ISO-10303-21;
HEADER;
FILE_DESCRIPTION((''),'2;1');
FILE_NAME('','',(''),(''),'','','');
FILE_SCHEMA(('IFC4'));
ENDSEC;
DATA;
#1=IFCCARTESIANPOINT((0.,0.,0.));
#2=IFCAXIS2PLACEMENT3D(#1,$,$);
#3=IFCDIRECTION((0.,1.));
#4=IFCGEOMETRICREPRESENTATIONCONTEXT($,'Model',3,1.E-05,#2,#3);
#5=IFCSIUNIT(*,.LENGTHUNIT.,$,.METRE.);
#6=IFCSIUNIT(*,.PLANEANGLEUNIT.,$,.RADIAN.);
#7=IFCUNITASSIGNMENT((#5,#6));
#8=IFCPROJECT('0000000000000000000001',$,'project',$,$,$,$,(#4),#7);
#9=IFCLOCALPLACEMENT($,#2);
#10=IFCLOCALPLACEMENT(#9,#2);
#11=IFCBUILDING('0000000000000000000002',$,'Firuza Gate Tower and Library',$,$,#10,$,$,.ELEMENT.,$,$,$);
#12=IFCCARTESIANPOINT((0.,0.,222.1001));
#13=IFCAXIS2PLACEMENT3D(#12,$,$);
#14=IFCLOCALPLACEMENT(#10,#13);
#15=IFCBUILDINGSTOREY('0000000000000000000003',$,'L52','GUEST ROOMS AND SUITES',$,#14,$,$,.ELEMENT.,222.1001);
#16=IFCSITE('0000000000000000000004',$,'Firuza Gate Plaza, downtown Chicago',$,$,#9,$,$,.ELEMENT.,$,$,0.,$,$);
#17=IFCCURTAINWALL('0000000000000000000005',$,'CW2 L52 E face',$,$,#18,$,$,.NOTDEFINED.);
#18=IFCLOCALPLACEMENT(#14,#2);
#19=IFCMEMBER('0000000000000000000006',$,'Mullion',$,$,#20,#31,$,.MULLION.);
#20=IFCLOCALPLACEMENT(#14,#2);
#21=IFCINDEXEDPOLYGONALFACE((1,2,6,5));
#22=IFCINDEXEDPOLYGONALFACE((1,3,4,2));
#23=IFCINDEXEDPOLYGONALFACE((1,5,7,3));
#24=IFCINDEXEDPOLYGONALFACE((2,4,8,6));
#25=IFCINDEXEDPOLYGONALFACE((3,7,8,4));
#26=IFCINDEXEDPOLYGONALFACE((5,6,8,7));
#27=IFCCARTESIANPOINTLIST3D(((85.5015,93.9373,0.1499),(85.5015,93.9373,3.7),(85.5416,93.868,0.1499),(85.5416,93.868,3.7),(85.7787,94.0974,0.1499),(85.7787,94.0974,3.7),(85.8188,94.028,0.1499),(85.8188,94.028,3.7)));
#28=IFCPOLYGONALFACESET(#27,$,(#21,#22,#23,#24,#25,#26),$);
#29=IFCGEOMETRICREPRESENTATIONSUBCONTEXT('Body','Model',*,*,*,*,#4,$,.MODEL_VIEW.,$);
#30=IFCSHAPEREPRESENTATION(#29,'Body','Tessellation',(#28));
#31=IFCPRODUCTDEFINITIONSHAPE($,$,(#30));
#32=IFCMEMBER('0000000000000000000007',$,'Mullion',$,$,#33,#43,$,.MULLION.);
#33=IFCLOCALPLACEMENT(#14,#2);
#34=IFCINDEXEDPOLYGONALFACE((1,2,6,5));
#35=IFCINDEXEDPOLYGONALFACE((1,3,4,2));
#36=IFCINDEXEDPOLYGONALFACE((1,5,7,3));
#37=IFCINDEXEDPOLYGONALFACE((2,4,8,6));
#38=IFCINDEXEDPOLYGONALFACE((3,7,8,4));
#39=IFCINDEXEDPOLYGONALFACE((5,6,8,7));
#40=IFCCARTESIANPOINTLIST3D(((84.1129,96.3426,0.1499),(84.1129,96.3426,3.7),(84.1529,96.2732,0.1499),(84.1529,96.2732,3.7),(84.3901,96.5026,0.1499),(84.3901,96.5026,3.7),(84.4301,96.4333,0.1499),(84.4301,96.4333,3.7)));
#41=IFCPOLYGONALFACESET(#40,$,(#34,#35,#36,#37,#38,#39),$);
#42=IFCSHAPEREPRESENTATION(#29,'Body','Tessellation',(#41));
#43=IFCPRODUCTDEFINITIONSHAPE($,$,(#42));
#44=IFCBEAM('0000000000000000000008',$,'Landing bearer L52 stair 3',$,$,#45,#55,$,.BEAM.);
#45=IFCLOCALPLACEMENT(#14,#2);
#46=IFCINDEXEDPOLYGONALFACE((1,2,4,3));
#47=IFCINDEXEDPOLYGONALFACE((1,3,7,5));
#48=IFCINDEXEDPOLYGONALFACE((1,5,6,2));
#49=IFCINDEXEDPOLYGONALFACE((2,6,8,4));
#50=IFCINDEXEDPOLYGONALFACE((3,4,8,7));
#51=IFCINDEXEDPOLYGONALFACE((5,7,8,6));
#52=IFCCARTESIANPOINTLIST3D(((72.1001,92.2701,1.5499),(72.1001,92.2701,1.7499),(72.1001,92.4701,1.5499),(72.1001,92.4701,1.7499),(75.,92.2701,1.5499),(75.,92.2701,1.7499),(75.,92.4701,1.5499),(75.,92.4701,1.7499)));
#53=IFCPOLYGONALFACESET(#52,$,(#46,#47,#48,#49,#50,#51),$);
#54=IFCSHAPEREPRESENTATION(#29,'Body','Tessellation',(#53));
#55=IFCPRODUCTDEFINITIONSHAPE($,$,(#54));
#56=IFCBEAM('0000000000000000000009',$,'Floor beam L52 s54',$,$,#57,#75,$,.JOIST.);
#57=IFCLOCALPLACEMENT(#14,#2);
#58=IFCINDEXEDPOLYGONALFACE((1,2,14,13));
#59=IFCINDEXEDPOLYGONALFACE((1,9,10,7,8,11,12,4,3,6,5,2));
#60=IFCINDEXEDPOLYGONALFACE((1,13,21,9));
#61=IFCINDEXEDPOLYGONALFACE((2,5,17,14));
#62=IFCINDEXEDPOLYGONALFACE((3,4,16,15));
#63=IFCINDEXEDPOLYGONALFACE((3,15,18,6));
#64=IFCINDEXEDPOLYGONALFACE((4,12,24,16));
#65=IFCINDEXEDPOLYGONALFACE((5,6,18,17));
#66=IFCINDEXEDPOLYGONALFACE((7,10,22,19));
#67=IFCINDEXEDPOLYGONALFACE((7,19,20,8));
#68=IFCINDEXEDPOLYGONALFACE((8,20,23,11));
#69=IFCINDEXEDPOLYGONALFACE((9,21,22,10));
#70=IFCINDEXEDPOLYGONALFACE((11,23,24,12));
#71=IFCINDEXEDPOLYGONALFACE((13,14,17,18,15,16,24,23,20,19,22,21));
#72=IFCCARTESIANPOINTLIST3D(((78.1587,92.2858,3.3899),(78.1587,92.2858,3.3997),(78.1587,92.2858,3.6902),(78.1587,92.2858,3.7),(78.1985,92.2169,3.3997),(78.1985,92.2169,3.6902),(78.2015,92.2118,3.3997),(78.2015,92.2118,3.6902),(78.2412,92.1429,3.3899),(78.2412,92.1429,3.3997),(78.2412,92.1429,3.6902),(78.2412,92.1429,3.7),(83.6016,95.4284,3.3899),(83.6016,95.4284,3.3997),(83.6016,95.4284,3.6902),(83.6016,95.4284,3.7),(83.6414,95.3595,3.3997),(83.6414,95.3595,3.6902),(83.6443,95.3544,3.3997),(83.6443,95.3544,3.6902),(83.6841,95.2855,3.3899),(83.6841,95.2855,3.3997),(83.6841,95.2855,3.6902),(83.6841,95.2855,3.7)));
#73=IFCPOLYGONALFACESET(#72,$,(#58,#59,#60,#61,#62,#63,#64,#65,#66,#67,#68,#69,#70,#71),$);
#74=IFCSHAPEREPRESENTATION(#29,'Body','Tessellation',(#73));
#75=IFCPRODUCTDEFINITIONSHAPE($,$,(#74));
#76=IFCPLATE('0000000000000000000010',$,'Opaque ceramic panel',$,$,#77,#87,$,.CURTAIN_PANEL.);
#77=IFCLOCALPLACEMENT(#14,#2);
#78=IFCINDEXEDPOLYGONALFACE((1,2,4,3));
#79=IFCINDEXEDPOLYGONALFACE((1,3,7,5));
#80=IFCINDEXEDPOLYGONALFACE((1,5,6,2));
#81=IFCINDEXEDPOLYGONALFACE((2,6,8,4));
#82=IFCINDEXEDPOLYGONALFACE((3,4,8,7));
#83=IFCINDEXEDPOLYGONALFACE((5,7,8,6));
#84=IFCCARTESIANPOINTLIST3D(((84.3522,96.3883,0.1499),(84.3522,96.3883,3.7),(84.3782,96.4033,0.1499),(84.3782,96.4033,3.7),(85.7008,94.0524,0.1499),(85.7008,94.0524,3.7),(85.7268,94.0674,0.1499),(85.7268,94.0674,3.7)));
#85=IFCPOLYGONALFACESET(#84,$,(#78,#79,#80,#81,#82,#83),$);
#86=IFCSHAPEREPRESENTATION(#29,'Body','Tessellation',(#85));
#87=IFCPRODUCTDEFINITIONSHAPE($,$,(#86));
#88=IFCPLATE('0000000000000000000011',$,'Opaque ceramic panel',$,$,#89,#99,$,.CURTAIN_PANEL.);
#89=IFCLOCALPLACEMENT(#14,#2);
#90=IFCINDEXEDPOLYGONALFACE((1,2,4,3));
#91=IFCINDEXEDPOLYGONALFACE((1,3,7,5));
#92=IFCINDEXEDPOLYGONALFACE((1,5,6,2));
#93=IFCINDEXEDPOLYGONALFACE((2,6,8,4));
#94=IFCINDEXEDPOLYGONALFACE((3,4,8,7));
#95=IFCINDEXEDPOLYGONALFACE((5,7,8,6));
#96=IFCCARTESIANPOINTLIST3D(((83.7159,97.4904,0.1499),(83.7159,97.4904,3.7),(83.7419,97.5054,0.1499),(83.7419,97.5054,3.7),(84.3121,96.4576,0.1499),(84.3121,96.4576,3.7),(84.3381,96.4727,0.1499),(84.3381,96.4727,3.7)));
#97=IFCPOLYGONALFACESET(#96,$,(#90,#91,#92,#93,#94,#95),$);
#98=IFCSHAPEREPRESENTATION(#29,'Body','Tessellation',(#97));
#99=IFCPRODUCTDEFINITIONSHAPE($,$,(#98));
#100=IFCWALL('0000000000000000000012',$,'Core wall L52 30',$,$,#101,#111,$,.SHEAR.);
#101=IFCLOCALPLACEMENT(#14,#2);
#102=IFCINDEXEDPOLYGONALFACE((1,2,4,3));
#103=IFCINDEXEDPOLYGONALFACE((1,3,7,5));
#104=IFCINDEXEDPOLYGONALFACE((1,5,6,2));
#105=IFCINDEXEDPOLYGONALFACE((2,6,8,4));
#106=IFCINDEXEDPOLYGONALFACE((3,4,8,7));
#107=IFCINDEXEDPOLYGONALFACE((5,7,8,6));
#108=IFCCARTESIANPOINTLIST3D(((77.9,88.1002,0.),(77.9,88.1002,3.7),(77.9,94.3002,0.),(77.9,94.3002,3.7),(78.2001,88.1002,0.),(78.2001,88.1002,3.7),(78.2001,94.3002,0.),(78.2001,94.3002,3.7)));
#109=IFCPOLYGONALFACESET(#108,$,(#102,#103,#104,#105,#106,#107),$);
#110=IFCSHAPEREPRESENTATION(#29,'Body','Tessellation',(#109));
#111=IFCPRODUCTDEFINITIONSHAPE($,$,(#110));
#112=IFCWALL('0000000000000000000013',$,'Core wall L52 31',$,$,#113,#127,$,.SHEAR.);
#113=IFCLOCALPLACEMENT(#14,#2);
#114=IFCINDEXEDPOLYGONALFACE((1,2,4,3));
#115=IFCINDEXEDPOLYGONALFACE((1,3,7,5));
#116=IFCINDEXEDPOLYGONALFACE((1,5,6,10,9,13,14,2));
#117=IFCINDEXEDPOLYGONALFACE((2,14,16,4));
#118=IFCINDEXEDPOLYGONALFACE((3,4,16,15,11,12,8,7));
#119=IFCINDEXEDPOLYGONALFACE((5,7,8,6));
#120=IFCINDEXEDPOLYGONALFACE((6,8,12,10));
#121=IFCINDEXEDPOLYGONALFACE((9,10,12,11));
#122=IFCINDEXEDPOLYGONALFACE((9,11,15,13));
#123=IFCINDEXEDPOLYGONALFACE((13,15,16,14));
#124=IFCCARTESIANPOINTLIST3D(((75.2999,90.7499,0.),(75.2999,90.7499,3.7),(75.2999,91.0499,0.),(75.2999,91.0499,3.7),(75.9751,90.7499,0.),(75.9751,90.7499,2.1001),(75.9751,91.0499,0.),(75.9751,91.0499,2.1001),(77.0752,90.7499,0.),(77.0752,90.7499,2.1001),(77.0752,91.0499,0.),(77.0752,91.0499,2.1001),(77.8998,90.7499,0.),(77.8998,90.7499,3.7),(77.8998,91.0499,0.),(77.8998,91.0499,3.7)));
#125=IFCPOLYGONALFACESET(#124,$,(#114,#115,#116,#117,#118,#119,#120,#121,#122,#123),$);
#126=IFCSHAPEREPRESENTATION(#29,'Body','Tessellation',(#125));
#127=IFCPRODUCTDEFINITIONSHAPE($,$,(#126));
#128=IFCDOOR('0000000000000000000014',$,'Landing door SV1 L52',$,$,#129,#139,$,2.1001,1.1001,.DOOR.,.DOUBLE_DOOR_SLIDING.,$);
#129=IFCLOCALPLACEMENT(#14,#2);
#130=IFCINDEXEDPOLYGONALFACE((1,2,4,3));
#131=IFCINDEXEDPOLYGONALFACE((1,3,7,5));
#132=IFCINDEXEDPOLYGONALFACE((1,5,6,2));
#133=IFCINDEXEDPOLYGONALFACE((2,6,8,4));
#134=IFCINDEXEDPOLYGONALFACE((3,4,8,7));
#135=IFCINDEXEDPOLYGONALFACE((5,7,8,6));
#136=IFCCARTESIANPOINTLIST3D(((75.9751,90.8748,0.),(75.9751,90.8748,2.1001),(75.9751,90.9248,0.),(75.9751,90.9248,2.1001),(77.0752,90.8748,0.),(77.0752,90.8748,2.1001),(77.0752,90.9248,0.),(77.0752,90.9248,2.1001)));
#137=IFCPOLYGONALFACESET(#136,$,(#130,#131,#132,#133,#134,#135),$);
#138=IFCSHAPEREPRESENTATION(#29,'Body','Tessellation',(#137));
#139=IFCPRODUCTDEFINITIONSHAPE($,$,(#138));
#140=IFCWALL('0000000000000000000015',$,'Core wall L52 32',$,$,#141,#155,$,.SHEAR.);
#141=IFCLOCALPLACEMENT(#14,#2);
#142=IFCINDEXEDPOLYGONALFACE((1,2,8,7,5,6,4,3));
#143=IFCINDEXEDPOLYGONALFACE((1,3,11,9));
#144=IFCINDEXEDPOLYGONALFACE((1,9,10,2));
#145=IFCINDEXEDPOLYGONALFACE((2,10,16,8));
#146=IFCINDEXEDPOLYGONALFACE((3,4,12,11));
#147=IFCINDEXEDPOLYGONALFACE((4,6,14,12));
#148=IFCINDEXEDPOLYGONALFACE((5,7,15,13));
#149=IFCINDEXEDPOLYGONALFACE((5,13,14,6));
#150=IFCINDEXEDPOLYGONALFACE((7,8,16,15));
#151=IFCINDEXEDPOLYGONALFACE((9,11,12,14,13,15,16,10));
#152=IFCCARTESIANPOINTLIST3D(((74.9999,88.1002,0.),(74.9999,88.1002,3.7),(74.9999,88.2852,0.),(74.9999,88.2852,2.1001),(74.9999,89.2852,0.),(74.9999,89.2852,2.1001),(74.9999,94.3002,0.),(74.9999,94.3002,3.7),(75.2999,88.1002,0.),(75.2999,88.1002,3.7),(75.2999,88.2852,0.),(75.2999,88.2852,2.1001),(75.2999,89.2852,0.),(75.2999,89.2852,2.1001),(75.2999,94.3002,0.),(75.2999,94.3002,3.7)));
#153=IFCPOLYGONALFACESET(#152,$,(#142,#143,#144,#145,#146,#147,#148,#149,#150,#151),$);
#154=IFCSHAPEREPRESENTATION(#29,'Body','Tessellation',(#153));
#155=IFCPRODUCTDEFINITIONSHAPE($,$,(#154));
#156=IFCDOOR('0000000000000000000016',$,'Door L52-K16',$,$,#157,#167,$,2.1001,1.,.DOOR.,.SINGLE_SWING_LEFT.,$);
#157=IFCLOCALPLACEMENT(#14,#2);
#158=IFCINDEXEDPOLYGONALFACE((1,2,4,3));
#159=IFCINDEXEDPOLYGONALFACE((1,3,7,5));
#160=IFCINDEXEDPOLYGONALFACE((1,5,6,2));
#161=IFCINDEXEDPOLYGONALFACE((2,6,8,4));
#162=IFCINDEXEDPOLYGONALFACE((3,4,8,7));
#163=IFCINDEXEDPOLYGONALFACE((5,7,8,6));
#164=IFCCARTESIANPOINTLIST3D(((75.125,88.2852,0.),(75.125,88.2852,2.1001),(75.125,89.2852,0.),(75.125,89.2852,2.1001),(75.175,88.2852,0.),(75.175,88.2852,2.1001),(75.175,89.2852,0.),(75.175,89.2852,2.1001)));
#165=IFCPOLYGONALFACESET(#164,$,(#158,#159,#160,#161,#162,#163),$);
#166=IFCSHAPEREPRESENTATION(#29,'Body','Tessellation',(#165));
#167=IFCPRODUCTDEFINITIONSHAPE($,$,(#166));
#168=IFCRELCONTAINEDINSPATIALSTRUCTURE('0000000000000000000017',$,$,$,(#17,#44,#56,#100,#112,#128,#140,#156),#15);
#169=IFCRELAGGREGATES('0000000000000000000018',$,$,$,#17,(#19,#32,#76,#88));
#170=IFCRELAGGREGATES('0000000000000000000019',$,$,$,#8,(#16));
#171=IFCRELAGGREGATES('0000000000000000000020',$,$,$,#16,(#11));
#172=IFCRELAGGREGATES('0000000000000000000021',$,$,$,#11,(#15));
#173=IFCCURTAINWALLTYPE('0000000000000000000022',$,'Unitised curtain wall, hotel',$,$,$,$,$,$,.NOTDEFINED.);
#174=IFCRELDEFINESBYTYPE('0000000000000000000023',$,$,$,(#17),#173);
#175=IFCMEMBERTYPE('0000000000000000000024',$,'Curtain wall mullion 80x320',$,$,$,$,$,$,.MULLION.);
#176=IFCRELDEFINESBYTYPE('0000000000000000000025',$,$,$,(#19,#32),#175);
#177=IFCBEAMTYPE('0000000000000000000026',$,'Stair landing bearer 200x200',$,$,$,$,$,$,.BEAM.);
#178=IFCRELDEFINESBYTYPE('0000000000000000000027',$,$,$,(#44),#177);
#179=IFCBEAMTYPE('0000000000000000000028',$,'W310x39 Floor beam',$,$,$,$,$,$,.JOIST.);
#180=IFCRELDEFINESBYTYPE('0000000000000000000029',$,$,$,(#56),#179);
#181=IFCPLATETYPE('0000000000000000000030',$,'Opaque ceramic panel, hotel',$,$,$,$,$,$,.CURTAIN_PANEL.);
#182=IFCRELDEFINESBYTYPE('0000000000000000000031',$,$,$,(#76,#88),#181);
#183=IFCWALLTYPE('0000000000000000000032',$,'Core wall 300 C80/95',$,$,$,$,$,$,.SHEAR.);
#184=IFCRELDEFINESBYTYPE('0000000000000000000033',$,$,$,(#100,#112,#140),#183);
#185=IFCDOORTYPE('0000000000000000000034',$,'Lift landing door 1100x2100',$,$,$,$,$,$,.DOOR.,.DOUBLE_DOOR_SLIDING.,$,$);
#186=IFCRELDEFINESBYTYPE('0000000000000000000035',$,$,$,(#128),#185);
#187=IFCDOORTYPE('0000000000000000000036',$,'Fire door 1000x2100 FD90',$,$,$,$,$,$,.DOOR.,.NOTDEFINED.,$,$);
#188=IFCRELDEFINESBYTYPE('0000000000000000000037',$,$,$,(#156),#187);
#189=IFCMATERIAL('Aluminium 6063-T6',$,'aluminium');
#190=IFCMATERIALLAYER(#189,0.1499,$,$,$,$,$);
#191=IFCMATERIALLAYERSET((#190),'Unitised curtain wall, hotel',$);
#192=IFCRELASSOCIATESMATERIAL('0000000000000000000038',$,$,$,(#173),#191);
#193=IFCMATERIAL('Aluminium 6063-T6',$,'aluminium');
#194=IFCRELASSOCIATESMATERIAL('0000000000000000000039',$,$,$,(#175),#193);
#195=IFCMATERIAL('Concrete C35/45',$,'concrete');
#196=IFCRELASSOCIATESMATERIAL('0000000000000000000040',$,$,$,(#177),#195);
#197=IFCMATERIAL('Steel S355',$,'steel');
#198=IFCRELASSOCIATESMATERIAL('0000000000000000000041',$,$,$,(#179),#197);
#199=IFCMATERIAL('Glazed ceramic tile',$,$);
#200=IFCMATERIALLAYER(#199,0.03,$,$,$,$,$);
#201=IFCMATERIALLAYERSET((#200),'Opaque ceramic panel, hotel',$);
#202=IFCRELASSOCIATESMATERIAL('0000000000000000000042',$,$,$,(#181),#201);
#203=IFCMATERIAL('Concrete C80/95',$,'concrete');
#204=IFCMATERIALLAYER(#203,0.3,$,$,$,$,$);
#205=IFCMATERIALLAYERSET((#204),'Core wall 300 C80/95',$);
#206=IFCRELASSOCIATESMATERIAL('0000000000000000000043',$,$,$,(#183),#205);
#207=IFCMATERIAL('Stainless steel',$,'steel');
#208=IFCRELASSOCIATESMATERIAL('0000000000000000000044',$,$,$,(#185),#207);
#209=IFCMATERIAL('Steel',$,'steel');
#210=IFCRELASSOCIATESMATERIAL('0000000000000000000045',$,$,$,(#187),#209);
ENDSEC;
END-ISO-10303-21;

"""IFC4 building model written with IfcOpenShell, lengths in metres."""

from ifc_helpers import new_model, si_unit, direction, frame, frame_2d, origin, origin_2d, place, context, subcontext, project, spatial, polyline, rectangle, i_section, outline, extrude, material, layer, layer_set, material_profile, profile_set, type_object, element, fill, aggregate, save


model = new_model("IFC4")

# Units and contexts
model_context = context("Model", 3, precision=1e-05, world=origin(), true_north=direction((0.0, 1.0)))
body_context = subcontext(model_context, "Body", "Model", "MODEL_VIEW")
ifc_project = project(units=[si_unit("LENGTHUNIT", "METRE"), si_unit("PLANEANGLEUNIT", "RADIAN")], contexts=[model_context])

# Site, building, storey
site_placement = place(None, origin())
site = spatial("IfcSite", under=ifc_project, at=site_placement, Name="Firuza Gate Plaza, downtown Chicago", CompositionType="ELEMENT", RefElevation=0.0)
building_placement = place(site_placement, origin())
building = spatial("IfcBuilding", under=site, at=building_placement, Name="Firuza Gate Tower and Library", CompositionType="ELEMENT")
storey_placement = place(building_placement, frame((0.0, 0.0, 222.1001)))
storey = spatial("IfcBuildingStorey", under=building, at=storey_placement, Name="L52", Description="GUEST ROOMS AND SUITES", CompositionType="ELEMENT", Elevation=222.1001)

# Curtain wall, members
ifc_material_1 = material(Name="Aluminium 6063-T6", Category="aluminium")
ifc_layer_1 = layer(ifc_material_1, 0.1499)
ifc_layer_set_1 = layer_set([ifc_layer_1], Name="Unitised curtain wall, hotel")
curtain_wall_type = type_object("IfcCurtainWallType", Name="Unitised curtain wall, hotel", PredefinedType="NOTDEFINED", material=ifc_layer_set_1)
curtain_wall_placement = place(storey_placement, origin())
curtain_wall = element("IfcCurtainWall", 1, at=curtain_wall_placement, inside=storey, type_object=curtain_wall_type, Name="CW2 L52 E face", PredefinedType="NOTDEFINED")
ifc_material_2 = material(Name="Aluminium 6063-T6", Category="aluminium")
ifc_material_profile_1 = material_profile(ifc_material_2, rectangle(XDim=0.3201, YDim=0.0801, at=origin_2d()))
ifc_profile_set_1 = profile_set([ifc_material_profile_1], Name="Aluminium 6063-T6")
member_type = type_object("IfcMemberType", Name="Curtain wall mullion 80x320", PredefinedType="MULLION", material=ifc_profile_set_1)
member_1_placement = place(storey_placement, frame((85.6602, 93.9827, 0.1499), z_axis=(0.0, 0.0, 1.0), x_axis=(-0.866025, -0.5, 0.0)))
member_1 = element("IfcMember", 2, at=member_1_placement, type_object=member_type, Name="Mullion", PredefinedType="MULLION", context=body_context, shape_type="SweptSolid", body=[
    extrude(rectangle(XDim=0.3201, YDim=0.0801, at=origin_2d()), origin(), (0.0, 0.0, 1.0), 3.55),
])
member_2_placement = place(storey_placement, frame((84.2715, 96.3879, 0.1499), z_axis=(0.0, 0.0, 1.0), x_axis=(-0.866025, -0.5, 0.0)))
member_2 = element("IfcMember", 3, at=member_2_placement, type_object=member_type, Name="Mullion", PredefinedType="MULLION", context=body_context, shape_type="SweptSolid", body=[
    extrude(rectangle(XDim=0.3201, YDim=0.0801, at=origin_2d()), origin(), (0.0, 0.0, 1.0), 3.55),
])

# Beams
ifc_material_3 = material(Name="Concrete C35/45", Category="concrete")
ifc_material_profile_2 = material_profile(ifc_material_3, rectangle(XDim=0.2, YDim=0.2, at=origin_2d()))
ifc_profile_set_2 = profile_set([ifc_material_profile_2], Name="Concrete C35/45")
beam_type_1 = type_object("IfcBeamType", Name="Stair landing bearer 200x200", PredefinedType="BEAM", material=ifc_profile_set_2)
beam_1_placement = place(storey_placement, frame((75.0, 92.3701, 1.6499), z_axis=(-1.0, 0.0, 0.0), x_axis=(0.0, -1.0, 0.0)))
element("IfcBeam", 4, at=beam_1_placement, inside=storey, type_object=beam_type_1, Name="Landing bearer L52 stair 3", PredefinedType="BEAM", context=body_context, shape_type="SweptSolid", body=[
    extrude(rectangle(XDim=0.2, YDim=0.2, at=origin_2d()), origin(), (0.0, 0.0, 1.0), 2.8999),
])
ifc_material_4 = material(Name="Steel S355", Category="steel")
ifc_material_profile_3 = material_profile(ifc_material_4, i_section(OverallWidth=0.165, OverallDepth=0.3101, WebThickness=0.0059, FlangeThickness=0.0098, at=origin_2d()))
ifc_profile_set_3 = profile_set([ifc_material_profile_3], Name="Steel S355")
beam_type_2 = type_object("IfcBeamType", Name="W310x39 Floor beam", PredefinedType="JOIST", material=ifc_profile_set_3)
beam_2_placement = place(storey_placement, frame((83.6428, 95.3569, 3.5449), z_axis=(-0.866016, -0.500016, 0.0), x_axis=(0.500016, -0.866016, 0.0)))
element("IfcBeam", 5, at=beam_2_placement, inside=storey, type_object=beam_type_2, Name="Floor beam L52 s54", PredefinedType="JOIST", context=body_context, shape_type="SweptSolid", body=[
    extrude(i_section(OverallWidth=0.165, OverallDepth=0.3101, WebThickness=0.0059, FlangeThickness=0.0098, at=origin_2d()), origin(), (0.0, 0.0, 1.0), 6.2849),
])

# Plates
ifc_material_5 = material(Name="Glazed ceramic tile")
ifc_layer_2 = layer(ifc_material_5, 0.03)
ifc_layer_set_2 = layer_set([ifc_layer_2], Name="Opaque ceramic panel, hotel")
plate_type = type_object("IfcPlateType", Name="Opaque ceramic panel, hotel", PredefinedType="CURTAIN_PANEL", material=ifc_layer_set_2)
plate_1_placement = place(storey_placement, frame((85.7268, 94.0674, 0.1499), z_axis=(0.866029, 0.499994, 0.0), x_axis=(-0.499994, 0.866029, 0.0)))
plate_1 = element("IfcPlate", 6, at=plate_1_placement, type_object=plate_type, Name="Opaque ceramic panel", PredefinedType="CURTAIN_PANEL", context=body_context, shape_type="SweptSolid", body=[
    extrude(outline(polyline([(0.0, 0.0), (2.6973, 0.0), (2.6973, 3.55), (0.0, 3.55), (0.0, 0.0)])), origin(), (0.0, 0.0, -1.0), 0.03),
])
plate_2_placement = place(storey_placement, frame((84.3381, 96.4727, 0.1499), z_axis=(0.866042, 0.499971, 0.0), x_axis=(-0.499971, 0.866042, 0.0)))
plate_2 = element("IfcPlate", 7, at=plate_2_placement, type_object=plate_type, Name="Opaque ceramic panel", PredefinedType="CURTAIN_PANEL", context=body_context, shape_type="SweptSolid", body=[
    extrude(outline(polyline([(0.0, 0.0), (1.1925, 0.0), (1.1925, 3.55), (0.0, 3.55), (0.0, 0.0)])), origin(), (0.0, 0.0, -1.0), 0.03),
])
aggregate(curtain_wall, [member_1, member_2, plate_1, plate_2])

# Wall
ifc_material_6 = material(Name="Concrete C80/95", Category="concrete")
ifc_layer_3 = layer(ifc_material_6, 0.3)
ifc_layer_set_3 = layer_set([ifc_layer_3], Name="Core wall 300 C80/95")
wall_type_1 = type_object("IfcWallType", Name="Core wall 300 C80/95", PredefinedType="SHEAR", material=ifc_layer_set_3)
wall_1_placement = place(storey_placement, frame((78.05, 88.1001, 0.0), z_axis=(0.0, 0.0, 1.0), x_axis=(0.0, 1.0, 0.0)))
element("IfcWall", 8, at=wall_1_placement, inside=storey, type_object=wall_type_1, Name="Core wall L52 30", PredefinedType="SHEAR", context=body_context, shape_type="SweptSolid", body=[
    extrude(rectangle(XDim=6.2, YDim=0.3, at=frame_2d((3.1001, 0.0))), origin(), (0.0, 0.0, 1.0), 3.7),
])

# Walls, openings, doors
wall_2_placement = place(storey_placement, frame((75.3, 90.8999, 0.0), z_axis=(0.0, 0.0, 1.0), x_axis=(1.0, 0.0, 0.0)))
wall_2 = element("IfcWall", 9, at=wall_2_placement, inside=storey, type_object=wall_type_1, Name="Core wall L52 31", PredefinedType="SHEAR", context=body_context, shape_type="SweptSolid", body=[
    extrude(rectangle(XDim=2.5999, YDim=0.3, at=frame_2d((1.2998, 0.0))), origin(), (0.0, 0.0, 1.0), 3.7),
])
opening_1_placement = place(wall_2_placement, frame((0.675, 0.0, 0.0)))
opening_1 = element("IfcOpeningElement", 10, at=opening_1_placement, cuts=wall_2, PredefinedType="OPENING", context=body_context, shape_type="SweptSolid", body=[
    extrude(rectangle(XDim=1.1001, YDim=2.1001, at=frame_2d((0.55, 1.05))), frame((0.0, 0.1602, 0.0), z_axis=(0.0, -1.0, 0.0), x_axis=(1.0, 0.0, 0.0)), (0.0, 0.0, 1.0), 0.3201),
])
ifc_material_7 = material(Name="Stainless steel", Category="steel")
door_type_1 = type_object("IfcDoorType", Name="Lift landing door 1100x2100", OperationType="DOUBLE_DOOR_SLIDING", PredefinedType="DOOR", material=ifc_material_7)
door_1_placement = place(opening_1_placement, origin())
door_1 = element("IfcDoor", 11, at=door_1_placement, inside=storey, type_object=door_type_1, Name="Landing door SV1 L52", OperationType="DOUBLE_DOOR_SLIDING", OverallHeight=2.1001, OverallWidth=1.1001, PredefinedType="DOOR", context=body_context, shape_type="SweptSolid", body=[
    extrude(rectangle(XDim=1.1001, YDim=2.1001, at=frame_2d((0.55, 1.05))), frame((0.0, 0.0249, 0.0), z_axis=(0.0, -1.0, 0.0), x_axis=(1.0, 0.0, 0.0)), (0.0, 0.0, 1.0), 0.05),
])
fill(opening_1, door_1)
wall_3_placement = place(storey_placement, frame((75.1499, 88.1001, 0.0), z_axis=(0.0, 0.0, 1.0), x_axis=(0.0, 1.0, 0.0)))
wall_3 = element("IfcWall", 12, at=wall_3_placement, inside=storey, type_object=wall_type_1, Name="Core wall L52 32", PredefinedType="SHEAR", context=body_context, shape_type="SweptSolid", body=[
    extrude(rectangle(XDim=6.2, YDim=0.3, at=frame_2d((3.1001, 0.0))), origin(), (0.0, 0.0, 1.0), 3.7),
])
opening_2_placement = place(wall_3_placement, frame((0.1851, 0.0, 0.0)))
opening_2 = element("IfcOpeningElement", 13, at=opening_2_placement, cuts=wall_3, PredefinedType="OPENING", context=body_context, shape_type="SweptSolid", body=[
    extrude(rectangle(XDim=1.0, YDim=2.1001, at=frame_2d((0.5, 1.05))), frame((0.0, 0.1602, 0.0), z_axis=(0.0, -1.0, 0.0), x_axis=(1.0, 0.0, 0.0)), (0.0, 0.0, 1.0), 0.3201),
])
ifc_material_8 = material(Name="Steel", Category="steel")
door_type_2 = type_object("IfcDoorType", Name="Fire door 1000x2100 FD90", OperationType="NOTDEFINED", PredefinedType="DOOR", material=ifc_material_8)
door_2_placement = place(opening_2_placement, origin())
door_2 = element("IfcDoor", 14, at=door_2_placement, inside=storey, type_object=door_type_2, Name="Door L52-K16", OperationType="SINGLE_SWING_LEFT", OverallHeight=2.1001, OverallWidth=1.0, PredefinedType="DOOR", context=body_context, shape_type="SweptSolid", body=[
    extrude(rectangle(XDim=1.0, YDim=2.1001, at=frame_2d((0.5, 1.05))), frame((0.0, 0.0249, 0.0), z_axis=(0.0, -1.0, 0.0), x_axis=(1.0, 0.0, 0.0)), (0.0, 0.0, 1.0), 0.05),
])
fill(opening_2, door_2)

save(model, "model.ifc")
